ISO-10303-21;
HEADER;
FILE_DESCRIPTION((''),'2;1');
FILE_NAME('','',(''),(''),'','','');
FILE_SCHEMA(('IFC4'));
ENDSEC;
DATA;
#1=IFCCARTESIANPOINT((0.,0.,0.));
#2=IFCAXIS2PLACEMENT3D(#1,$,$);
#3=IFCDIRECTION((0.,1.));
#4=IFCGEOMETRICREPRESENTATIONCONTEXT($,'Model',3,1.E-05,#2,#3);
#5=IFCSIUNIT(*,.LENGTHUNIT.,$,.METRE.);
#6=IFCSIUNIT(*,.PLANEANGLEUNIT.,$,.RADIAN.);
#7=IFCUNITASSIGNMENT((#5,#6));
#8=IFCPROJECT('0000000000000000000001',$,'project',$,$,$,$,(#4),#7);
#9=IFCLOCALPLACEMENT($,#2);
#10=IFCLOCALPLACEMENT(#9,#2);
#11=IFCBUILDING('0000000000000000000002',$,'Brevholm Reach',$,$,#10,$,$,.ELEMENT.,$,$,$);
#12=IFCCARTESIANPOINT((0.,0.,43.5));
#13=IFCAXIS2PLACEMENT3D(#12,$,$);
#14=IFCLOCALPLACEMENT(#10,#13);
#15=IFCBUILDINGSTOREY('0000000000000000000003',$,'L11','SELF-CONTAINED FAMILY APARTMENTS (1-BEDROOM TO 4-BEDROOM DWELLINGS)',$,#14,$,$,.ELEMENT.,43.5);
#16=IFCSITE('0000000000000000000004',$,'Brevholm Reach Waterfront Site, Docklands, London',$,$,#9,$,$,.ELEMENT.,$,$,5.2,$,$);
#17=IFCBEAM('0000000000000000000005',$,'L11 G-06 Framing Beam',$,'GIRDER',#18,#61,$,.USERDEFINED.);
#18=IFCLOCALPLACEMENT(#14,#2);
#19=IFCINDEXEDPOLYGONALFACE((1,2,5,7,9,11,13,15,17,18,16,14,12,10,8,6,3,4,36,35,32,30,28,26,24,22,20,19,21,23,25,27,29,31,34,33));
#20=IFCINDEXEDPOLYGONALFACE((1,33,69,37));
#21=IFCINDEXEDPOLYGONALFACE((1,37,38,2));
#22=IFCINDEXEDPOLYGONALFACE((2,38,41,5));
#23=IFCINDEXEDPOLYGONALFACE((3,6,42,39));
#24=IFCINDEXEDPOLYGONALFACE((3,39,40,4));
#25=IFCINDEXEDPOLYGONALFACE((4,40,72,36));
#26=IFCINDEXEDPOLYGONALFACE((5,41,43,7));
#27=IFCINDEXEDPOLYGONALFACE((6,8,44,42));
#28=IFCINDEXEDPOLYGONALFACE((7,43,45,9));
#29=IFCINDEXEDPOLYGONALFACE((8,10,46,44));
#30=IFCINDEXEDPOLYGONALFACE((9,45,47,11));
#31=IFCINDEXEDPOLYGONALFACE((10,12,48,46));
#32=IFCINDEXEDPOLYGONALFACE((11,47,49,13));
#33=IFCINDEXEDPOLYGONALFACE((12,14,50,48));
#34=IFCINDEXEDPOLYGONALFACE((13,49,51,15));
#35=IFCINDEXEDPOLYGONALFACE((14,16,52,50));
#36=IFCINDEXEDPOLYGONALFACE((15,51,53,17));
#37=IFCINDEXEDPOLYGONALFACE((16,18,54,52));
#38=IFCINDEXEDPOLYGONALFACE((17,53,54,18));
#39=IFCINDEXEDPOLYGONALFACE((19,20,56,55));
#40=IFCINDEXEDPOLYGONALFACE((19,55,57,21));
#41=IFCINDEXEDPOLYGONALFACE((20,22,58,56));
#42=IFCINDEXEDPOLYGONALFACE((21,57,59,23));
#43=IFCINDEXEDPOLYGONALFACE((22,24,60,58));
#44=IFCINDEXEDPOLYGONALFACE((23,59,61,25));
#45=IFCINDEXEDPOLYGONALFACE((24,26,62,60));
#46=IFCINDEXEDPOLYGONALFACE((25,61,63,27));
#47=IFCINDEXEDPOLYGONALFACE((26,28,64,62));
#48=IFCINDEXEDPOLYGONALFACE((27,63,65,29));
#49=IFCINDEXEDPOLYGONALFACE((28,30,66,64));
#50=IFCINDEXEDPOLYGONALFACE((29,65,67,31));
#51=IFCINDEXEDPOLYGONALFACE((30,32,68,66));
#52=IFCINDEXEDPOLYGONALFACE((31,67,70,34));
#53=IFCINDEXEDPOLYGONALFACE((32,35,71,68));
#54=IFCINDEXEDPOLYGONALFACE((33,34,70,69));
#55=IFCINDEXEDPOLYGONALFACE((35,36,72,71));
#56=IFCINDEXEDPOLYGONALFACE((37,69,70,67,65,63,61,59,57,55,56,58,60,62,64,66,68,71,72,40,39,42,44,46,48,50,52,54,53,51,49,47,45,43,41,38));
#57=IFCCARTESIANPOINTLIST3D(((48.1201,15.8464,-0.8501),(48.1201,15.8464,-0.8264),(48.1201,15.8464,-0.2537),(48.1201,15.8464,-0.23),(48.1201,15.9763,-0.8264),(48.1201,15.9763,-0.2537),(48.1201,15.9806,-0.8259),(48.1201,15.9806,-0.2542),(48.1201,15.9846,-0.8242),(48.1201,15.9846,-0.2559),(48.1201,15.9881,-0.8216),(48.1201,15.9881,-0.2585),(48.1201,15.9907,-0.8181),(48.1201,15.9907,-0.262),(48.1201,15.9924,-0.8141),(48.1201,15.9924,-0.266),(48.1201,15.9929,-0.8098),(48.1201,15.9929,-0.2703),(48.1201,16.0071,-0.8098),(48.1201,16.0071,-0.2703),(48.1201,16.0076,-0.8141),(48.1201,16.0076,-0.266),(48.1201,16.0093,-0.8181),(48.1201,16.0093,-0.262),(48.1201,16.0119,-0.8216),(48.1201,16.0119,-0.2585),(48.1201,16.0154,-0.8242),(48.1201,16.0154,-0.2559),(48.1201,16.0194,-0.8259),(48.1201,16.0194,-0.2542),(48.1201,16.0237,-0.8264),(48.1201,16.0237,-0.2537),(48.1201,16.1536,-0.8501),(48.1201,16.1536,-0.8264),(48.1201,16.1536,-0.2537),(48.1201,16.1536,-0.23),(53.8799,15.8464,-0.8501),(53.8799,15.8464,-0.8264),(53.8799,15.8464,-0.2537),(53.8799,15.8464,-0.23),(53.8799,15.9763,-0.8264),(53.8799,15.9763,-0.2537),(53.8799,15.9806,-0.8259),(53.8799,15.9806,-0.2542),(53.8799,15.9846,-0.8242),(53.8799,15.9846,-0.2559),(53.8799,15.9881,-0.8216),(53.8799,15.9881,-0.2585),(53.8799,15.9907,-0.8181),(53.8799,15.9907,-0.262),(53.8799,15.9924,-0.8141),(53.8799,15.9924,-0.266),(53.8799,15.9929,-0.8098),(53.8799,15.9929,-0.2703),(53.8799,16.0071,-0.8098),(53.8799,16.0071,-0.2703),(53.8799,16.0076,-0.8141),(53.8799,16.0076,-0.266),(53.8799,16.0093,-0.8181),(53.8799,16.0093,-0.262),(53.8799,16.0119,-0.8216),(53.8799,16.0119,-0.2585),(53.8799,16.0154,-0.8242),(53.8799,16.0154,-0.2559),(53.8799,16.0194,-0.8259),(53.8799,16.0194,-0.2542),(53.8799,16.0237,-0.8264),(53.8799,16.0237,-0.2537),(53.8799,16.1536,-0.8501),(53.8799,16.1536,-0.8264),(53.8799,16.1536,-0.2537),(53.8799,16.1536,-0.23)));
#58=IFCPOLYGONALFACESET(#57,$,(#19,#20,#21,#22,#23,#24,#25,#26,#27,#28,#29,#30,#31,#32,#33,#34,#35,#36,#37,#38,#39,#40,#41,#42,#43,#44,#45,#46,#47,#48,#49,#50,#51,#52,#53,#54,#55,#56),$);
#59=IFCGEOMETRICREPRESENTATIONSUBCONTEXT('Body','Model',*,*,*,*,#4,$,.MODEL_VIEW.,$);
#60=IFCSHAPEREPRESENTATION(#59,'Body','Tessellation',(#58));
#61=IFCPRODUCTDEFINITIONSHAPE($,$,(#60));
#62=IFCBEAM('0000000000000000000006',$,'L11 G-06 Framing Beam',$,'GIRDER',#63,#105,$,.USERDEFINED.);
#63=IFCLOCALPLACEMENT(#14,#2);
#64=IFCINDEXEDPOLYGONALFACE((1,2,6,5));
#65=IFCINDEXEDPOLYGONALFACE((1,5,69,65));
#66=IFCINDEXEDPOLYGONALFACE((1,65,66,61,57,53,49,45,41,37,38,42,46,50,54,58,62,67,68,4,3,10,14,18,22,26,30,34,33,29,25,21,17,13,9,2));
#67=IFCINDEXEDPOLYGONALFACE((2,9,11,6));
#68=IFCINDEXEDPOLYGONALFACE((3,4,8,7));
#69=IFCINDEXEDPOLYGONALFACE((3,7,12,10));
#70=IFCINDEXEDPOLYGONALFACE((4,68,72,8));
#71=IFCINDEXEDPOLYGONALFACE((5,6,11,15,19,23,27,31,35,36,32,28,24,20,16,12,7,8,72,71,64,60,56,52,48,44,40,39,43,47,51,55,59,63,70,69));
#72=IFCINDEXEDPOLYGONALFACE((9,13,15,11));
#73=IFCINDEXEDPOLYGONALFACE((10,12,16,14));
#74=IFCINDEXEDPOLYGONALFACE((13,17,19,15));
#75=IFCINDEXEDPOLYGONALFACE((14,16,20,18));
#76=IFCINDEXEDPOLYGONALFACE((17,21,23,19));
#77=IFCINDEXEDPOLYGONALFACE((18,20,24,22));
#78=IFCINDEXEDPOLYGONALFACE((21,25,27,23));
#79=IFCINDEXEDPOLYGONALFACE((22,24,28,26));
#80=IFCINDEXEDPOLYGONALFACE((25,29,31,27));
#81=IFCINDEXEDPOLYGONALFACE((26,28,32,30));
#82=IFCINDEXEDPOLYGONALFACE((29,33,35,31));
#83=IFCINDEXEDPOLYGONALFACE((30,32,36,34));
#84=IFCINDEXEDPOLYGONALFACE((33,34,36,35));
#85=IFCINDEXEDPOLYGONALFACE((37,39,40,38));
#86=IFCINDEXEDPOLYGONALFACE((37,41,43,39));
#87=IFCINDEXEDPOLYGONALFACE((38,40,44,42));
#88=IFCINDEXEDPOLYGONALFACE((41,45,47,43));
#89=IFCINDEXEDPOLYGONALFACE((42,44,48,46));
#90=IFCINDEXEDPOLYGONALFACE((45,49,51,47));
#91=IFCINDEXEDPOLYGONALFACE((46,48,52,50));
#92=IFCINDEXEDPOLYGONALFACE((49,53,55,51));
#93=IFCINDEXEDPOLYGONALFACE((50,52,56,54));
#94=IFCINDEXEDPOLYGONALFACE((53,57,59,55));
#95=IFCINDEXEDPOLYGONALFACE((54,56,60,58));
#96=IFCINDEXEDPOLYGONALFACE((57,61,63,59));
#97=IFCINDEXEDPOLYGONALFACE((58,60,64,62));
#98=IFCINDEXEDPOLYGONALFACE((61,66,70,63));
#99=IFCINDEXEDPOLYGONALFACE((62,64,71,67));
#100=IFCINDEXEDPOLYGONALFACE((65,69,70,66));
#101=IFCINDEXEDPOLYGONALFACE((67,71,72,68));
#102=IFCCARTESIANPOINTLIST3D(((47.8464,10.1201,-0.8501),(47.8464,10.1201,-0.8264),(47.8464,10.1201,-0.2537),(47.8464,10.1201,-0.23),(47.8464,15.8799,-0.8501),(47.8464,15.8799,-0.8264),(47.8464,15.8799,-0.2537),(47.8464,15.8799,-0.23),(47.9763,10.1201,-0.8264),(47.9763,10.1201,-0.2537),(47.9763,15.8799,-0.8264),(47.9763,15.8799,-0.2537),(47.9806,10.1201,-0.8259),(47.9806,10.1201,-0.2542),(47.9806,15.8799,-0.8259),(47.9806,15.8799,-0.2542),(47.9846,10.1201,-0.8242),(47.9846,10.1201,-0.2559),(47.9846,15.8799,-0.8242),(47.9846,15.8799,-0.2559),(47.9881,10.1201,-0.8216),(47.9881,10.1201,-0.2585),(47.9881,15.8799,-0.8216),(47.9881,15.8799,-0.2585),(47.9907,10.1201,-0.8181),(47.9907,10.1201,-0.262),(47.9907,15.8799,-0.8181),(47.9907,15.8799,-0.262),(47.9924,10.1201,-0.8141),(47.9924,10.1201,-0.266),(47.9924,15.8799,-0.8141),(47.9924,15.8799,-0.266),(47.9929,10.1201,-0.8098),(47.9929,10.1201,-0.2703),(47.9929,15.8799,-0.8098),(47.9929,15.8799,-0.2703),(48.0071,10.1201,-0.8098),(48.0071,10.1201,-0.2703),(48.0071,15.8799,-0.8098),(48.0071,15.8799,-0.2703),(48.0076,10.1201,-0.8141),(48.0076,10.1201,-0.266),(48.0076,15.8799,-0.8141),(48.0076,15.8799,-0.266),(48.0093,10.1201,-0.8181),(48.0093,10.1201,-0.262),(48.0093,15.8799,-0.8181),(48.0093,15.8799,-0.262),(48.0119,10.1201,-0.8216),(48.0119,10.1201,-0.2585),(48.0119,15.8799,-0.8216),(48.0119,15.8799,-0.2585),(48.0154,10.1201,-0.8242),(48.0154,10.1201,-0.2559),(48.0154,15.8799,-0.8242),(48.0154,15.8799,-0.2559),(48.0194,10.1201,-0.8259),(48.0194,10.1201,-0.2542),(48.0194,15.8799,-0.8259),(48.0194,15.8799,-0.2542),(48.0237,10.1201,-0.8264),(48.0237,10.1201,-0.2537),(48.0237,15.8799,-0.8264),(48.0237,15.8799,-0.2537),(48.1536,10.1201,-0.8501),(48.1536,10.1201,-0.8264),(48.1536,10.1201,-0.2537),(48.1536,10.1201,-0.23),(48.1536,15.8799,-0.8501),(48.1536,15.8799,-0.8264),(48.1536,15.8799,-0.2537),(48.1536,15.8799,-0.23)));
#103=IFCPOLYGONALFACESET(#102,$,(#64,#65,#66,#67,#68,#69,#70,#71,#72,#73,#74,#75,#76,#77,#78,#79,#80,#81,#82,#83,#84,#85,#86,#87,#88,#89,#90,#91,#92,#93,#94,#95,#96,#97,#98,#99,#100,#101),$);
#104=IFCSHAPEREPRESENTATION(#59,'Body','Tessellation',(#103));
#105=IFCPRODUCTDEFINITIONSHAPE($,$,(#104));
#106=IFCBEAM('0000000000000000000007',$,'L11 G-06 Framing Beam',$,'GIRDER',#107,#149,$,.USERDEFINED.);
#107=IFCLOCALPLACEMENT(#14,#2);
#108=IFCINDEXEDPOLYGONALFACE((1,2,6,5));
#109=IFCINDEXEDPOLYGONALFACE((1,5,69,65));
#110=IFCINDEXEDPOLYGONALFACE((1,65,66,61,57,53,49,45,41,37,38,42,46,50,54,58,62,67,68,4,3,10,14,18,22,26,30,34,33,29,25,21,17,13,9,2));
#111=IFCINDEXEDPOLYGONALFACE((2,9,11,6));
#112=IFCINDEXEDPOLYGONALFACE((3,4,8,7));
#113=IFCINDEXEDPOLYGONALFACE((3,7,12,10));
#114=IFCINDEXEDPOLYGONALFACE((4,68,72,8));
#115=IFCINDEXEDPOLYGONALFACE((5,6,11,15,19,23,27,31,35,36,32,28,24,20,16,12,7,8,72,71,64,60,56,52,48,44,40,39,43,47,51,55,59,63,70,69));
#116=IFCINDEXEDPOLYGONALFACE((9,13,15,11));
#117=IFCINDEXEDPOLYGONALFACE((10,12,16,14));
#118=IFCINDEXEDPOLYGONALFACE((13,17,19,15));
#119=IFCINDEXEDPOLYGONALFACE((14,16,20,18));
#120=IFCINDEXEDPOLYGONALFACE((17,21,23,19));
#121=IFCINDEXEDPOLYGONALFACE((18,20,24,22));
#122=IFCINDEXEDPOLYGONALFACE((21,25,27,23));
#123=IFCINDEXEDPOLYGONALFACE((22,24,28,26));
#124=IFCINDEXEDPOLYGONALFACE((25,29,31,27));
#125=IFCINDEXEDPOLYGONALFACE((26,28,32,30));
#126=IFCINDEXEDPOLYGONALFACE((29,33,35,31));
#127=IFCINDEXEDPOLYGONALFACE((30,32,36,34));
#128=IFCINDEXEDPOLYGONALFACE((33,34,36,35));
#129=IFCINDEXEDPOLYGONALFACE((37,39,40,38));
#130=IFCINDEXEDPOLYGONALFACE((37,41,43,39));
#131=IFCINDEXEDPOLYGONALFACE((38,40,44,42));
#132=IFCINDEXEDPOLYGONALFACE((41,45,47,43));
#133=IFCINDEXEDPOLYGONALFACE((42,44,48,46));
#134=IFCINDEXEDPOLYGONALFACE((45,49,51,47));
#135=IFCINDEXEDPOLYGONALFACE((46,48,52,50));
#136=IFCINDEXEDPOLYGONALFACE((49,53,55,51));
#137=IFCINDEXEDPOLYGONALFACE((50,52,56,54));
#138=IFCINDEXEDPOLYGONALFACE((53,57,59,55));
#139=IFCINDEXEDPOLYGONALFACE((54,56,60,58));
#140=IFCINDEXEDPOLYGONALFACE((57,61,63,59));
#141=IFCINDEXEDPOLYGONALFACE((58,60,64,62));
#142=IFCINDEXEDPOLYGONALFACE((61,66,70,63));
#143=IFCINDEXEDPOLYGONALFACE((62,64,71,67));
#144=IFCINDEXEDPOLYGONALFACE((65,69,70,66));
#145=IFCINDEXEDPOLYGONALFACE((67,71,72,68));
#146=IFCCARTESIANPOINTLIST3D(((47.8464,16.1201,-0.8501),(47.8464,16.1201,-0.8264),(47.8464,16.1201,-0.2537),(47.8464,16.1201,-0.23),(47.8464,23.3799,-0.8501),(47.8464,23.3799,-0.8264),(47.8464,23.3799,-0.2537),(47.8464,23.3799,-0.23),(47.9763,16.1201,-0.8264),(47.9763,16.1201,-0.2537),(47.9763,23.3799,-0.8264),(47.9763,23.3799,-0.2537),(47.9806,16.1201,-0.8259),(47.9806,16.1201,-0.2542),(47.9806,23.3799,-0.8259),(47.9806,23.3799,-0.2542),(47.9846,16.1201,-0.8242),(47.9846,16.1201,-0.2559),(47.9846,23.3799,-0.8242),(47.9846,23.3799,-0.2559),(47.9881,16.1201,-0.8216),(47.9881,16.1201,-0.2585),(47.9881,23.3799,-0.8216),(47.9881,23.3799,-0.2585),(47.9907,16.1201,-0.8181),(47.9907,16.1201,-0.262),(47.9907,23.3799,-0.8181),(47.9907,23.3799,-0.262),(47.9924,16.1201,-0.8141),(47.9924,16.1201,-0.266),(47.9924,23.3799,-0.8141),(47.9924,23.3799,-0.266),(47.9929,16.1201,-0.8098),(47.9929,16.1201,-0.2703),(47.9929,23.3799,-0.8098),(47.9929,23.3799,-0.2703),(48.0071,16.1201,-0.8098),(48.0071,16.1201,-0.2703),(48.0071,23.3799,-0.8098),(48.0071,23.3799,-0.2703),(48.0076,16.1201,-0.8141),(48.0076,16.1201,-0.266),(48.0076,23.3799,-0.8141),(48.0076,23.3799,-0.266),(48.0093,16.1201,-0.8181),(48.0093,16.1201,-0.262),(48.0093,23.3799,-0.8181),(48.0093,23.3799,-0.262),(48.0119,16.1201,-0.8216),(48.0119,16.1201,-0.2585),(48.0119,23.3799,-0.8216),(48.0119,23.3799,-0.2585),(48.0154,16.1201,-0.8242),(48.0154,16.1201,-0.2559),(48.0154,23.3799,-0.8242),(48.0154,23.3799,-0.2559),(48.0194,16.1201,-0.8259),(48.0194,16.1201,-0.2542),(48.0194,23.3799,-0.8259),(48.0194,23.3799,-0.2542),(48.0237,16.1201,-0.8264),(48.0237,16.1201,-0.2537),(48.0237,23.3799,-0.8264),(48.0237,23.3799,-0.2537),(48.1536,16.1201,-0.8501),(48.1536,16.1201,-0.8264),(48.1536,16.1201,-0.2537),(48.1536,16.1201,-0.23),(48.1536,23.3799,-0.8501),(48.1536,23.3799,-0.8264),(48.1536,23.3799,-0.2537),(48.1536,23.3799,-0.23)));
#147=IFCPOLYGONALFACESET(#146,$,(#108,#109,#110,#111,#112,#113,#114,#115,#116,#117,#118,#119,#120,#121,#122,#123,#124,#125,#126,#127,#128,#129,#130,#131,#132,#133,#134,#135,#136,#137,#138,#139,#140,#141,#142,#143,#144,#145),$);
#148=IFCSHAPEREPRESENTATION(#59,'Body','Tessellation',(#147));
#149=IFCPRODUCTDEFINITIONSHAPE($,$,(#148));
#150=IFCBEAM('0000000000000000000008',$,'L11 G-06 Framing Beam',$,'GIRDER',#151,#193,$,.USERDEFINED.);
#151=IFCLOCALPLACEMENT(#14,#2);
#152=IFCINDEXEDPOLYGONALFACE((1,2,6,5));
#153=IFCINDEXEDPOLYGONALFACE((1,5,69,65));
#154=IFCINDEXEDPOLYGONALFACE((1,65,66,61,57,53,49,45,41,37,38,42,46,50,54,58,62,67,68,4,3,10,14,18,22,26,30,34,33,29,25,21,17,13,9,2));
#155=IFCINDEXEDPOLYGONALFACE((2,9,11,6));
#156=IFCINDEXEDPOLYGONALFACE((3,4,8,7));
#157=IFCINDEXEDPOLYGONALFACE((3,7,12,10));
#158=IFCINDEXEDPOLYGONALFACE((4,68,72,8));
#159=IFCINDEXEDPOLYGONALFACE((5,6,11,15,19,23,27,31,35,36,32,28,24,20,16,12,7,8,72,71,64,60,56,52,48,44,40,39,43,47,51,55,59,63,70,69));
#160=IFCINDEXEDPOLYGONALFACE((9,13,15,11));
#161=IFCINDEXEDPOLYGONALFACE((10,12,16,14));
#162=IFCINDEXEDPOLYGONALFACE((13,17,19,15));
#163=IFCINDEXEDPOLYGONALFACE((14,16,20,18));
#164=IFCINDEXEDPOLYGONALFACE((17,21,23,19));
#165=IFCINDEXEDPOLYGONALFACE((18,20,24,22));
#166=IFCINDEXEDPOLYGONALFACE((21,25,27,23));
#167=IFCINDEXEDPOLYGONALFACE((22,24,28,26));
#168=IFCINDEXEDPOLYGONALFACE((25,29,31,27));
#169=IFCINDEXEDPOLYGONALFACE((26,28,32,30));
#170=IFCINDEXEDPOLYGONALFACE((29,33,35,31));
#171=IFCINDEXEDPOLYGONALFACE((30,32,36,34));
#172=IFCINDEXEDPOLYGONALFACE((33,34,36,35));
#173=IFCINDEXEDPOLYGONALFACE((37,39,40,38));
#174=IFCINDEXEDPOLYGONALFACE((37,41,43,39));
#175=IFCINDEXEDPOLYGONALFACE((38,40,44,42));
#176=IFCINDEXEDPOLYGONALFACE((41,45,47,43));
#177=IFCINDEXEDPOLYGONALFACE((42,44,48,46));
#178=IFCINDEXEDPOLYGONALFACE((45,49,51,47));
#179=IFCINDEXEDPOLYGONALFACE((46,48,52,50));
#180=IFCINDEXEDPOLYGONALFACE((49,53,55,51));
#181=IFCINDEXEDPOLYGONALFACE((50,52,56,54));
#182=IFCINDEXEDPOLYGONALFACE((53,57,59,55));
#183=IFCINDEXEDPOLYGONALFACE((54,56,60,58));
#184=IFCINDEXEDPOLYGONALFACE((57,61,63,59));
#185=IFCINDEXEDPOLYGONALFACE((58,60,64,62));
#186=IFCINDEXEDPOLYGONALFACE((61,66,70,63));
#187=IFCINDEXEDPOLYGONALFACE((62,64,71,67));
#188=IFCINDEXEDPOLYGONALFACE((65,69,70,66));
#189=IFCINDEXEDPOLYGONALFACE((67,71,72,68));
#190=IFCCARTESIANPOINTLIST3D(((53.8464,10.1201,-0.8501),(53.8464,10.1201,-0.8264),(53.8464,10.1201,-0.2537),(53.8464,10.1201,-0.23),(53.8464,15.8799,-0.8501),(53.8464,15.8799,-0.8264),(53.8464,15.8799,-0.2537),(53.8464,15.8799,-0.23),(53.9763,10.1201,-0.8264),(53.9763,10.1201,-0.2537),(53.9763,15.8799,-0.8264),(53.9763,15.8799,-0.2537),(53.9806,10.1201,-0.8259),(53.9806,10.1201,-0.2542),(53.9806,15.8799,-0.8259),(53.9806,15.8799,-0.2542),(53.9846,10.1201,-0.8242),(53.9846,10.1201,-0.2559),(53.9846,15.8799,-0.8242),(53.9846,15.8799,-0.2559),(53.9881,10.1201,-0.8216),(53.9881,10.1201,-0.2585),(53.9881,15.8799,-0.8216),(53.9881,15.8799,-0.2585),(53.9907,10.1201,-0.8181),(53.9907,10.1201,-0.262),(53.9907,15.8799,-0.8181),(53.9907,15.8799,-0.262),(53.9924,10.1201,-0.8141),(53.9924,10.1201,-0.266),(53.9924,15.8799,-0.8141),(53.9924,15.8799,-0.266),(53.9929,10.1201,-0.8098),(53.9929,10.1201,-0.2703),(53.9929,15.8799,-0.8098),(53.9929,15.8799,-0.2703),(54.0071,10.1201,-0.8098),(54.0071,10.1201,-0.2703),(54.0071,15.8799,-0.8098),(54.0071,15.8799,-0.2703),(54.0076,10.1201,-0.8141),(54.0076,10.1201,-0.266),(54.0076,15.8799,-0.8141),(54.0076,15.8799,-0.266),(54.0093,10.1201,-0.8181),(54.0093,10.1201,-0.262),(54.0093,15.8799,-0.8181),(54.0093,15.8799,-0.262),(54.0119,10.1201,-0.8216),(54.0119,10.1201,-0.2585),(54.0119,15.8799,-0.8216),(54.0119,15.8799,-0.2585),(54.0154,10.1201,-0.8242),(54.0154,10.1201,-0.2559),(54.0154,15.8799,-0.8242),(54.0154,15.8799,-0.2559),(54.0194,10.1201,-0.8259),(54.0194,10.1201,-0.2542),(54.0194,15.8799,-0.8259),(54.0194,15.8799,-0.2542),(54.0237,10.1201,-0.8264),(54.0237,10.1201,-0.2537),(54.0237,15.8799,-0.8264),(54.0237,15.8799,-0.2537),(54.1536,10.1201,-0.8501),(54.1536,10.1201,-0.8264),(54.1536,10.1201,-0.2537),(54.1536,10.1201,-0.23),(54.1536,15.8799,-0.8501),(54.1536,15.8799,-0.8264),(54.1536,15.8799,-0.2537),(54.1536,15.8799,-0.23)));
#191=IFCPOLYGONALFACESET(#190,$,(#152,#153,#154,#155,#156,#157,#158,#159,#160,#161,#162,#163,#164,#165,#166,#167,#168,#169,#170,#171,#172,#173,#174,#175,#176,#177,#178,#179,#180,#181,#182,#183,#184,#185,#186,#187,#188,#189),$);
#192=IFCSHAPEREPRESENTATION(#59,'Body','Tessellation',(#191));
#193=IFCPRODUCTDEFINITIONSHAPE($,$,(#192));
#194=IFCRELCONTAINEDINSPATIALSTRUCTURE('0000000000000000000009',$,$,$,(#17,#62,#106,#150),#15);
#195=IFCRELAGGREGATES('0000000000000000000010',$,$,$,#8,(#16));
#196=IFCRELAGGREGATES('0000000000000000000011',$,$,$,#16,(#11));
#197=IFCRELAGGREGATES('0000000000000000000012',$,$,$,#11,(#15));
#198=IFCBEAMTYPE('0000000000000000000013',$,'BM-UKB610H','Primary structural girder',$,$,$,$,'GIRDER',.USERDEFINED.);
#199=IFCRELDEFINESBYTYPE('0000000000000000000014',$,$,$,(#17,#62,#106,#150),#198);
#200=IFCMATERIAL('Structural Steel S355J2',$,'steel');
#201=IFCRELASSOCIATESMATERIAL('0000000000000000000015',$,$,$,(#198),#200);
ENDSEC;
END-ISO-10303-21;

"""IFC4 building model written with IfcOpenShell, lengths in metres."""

from ifc_helpers import new_model, si_unit, direction, frame, origin, origin_2d, place, context, subcontext, project, spatial, i_section, extrude, material, material_profile, profile_set, type_object, element, save


model = new_model("IFC4")

# Units and contexts
model_context = context("Model", 3, precision=1e-05, world=origin(), true_north=direction((0.0, 1.0)))
body_context = subcontext(model_context, "Body", "Model", "MODEL_VIEW")
ifc_project = project(units=[si_unit("LENGTHUNIT", "METRE"), si_unit("PLANEANGLEUNIT", "RADIAN")], contexts=[model_context])

# Site, building, storey
site_placement = place(None, origin())
site = spatial("IfcSite", under=ifc_project, at=site_placement, Name="Brevholm Reach Waterfront Site, Docklands, London", CompositionType="ELEMENT", RefElevation=5.2)
building_placement = place(site_placement, origin())
building = spatial("IfcBuilding", under=site, at=building_placement, Name="Brevholm Reach", CompositionType="ELEMENT")
storey_placement = place(building_placement, frame((0.0, 0.0, 43.5)))
storey = spatial("IfcBuildingStorey", under=building, at=storey_placement, Name="L11", Description="SELF-CONTAINED FAMILY APARTMENTS (1-BEDROOM TO 4-BEDROOM DWELLINGS)", CompositionType="ELEMENT", Elevation=43.5)

# Beams
ifc_material_1 = material(Name="Structural Steel S355J2", Category="steel")
ifc_material_profile = material_profile(ifc_material_1, i_section(OverallWidth=0.3071, OverallDepth=0.6201, WebThickness=0.0142, FlangeThickness=0.0237, FilletRadius=0.0166, at=origin_2d()), Name="UKB 610x305x179")
ifc_profile_set = profile_set([ifc_material_profile], Name="Structural Steel S355J2")
beam_type = type_object("IfcBeamType", Name="BM-UKB610H", Description="Primary structural girder", ElementType="GIRDER", PredefinedType="USERDEFINED", material=ifc_profile_set)
for number, where, z_axis, x_axis, name in (
    (1, (48.1201, 16.0, -0.54), (1.0, 0.0, 0.0), (0.0, 1.0, 0.0), "L11 G-06 Framing Beam"),
    (2, (48.0, 10.1201, -0.54), (0.0, 1.0, 0.0), (-1.0, 0.0, 0.0), "L11 G-06 Framing Beam"),
):
    element("IfcBeam", number, at=place(storey_placement, frame(where, z_axis=z_axis, x_axis=x_axis)), inside=storey, type_object=beam_type, Name=name, ObjectType="GIRDER", PredefinedType="USERDEFINED", context=body_context, shape_type="SweptSolid", body=[
        extrude(i_section(OverallWidth=0.3071, OverallDepth=0.6201, WebThickness=0.0142, FlangeThickness=0.0237, FilletRadius=0.0166, at=origin_2d()), origin(), (0.0, 0.0, 1.0), 5.7598),
    ])
beam_1_placement = place(storey_placement, frame((48.0, 16.1201, -0.54), z_axis=(0.0, 1.0, 0.0), x_axis=(-1.0, 0.0, 0.0)))
element("IfcBeam", 3, at=beam_1_placement, inside=storey, type_object=beam_type, Name="L11 G-06 Framing Beam", ObjectType="GIRDER", PredefinedType="USERDEFINED", context=body_context, shape_type="SweptSolid", body=[
    extrude(i_section(OverallWidth=0.3071, OverallDepth=0.6201, WebThickness=0.0142, FlangeThickness=0.0237, FilletRadius=0.0166, at=origin_2d()), origin(), (0.0, 0.0, 1.0), 7.2598),
])
beam_2_placement = place(storey_placement, frame((54.0, 10.1201, -0.54), z_axis=(0.0, 1.0, 0.0), x_axis=(-1.0, 0.0, 0.0)))
element("IfcBeam", 4, at=beam_2_placement, inside=storey, type_object=beam_type, Name="L11 G-06 Framing Beam", ObjectType="GIRDER", PredefinedType="USERDEFINED", context=body_context, shape_type="SweptSolid", body=[
    extrude(i_section(OverallWidth=0.3071, OverallDepth=0.6201, WebThickness=0.0142, FlangeThickness=0.0237, FilletRadius=0.0166, at=origin_2d()), origin(), (0.0, 0.0, 1.0), 5.7598),
])

save(model, "model.ifc")
